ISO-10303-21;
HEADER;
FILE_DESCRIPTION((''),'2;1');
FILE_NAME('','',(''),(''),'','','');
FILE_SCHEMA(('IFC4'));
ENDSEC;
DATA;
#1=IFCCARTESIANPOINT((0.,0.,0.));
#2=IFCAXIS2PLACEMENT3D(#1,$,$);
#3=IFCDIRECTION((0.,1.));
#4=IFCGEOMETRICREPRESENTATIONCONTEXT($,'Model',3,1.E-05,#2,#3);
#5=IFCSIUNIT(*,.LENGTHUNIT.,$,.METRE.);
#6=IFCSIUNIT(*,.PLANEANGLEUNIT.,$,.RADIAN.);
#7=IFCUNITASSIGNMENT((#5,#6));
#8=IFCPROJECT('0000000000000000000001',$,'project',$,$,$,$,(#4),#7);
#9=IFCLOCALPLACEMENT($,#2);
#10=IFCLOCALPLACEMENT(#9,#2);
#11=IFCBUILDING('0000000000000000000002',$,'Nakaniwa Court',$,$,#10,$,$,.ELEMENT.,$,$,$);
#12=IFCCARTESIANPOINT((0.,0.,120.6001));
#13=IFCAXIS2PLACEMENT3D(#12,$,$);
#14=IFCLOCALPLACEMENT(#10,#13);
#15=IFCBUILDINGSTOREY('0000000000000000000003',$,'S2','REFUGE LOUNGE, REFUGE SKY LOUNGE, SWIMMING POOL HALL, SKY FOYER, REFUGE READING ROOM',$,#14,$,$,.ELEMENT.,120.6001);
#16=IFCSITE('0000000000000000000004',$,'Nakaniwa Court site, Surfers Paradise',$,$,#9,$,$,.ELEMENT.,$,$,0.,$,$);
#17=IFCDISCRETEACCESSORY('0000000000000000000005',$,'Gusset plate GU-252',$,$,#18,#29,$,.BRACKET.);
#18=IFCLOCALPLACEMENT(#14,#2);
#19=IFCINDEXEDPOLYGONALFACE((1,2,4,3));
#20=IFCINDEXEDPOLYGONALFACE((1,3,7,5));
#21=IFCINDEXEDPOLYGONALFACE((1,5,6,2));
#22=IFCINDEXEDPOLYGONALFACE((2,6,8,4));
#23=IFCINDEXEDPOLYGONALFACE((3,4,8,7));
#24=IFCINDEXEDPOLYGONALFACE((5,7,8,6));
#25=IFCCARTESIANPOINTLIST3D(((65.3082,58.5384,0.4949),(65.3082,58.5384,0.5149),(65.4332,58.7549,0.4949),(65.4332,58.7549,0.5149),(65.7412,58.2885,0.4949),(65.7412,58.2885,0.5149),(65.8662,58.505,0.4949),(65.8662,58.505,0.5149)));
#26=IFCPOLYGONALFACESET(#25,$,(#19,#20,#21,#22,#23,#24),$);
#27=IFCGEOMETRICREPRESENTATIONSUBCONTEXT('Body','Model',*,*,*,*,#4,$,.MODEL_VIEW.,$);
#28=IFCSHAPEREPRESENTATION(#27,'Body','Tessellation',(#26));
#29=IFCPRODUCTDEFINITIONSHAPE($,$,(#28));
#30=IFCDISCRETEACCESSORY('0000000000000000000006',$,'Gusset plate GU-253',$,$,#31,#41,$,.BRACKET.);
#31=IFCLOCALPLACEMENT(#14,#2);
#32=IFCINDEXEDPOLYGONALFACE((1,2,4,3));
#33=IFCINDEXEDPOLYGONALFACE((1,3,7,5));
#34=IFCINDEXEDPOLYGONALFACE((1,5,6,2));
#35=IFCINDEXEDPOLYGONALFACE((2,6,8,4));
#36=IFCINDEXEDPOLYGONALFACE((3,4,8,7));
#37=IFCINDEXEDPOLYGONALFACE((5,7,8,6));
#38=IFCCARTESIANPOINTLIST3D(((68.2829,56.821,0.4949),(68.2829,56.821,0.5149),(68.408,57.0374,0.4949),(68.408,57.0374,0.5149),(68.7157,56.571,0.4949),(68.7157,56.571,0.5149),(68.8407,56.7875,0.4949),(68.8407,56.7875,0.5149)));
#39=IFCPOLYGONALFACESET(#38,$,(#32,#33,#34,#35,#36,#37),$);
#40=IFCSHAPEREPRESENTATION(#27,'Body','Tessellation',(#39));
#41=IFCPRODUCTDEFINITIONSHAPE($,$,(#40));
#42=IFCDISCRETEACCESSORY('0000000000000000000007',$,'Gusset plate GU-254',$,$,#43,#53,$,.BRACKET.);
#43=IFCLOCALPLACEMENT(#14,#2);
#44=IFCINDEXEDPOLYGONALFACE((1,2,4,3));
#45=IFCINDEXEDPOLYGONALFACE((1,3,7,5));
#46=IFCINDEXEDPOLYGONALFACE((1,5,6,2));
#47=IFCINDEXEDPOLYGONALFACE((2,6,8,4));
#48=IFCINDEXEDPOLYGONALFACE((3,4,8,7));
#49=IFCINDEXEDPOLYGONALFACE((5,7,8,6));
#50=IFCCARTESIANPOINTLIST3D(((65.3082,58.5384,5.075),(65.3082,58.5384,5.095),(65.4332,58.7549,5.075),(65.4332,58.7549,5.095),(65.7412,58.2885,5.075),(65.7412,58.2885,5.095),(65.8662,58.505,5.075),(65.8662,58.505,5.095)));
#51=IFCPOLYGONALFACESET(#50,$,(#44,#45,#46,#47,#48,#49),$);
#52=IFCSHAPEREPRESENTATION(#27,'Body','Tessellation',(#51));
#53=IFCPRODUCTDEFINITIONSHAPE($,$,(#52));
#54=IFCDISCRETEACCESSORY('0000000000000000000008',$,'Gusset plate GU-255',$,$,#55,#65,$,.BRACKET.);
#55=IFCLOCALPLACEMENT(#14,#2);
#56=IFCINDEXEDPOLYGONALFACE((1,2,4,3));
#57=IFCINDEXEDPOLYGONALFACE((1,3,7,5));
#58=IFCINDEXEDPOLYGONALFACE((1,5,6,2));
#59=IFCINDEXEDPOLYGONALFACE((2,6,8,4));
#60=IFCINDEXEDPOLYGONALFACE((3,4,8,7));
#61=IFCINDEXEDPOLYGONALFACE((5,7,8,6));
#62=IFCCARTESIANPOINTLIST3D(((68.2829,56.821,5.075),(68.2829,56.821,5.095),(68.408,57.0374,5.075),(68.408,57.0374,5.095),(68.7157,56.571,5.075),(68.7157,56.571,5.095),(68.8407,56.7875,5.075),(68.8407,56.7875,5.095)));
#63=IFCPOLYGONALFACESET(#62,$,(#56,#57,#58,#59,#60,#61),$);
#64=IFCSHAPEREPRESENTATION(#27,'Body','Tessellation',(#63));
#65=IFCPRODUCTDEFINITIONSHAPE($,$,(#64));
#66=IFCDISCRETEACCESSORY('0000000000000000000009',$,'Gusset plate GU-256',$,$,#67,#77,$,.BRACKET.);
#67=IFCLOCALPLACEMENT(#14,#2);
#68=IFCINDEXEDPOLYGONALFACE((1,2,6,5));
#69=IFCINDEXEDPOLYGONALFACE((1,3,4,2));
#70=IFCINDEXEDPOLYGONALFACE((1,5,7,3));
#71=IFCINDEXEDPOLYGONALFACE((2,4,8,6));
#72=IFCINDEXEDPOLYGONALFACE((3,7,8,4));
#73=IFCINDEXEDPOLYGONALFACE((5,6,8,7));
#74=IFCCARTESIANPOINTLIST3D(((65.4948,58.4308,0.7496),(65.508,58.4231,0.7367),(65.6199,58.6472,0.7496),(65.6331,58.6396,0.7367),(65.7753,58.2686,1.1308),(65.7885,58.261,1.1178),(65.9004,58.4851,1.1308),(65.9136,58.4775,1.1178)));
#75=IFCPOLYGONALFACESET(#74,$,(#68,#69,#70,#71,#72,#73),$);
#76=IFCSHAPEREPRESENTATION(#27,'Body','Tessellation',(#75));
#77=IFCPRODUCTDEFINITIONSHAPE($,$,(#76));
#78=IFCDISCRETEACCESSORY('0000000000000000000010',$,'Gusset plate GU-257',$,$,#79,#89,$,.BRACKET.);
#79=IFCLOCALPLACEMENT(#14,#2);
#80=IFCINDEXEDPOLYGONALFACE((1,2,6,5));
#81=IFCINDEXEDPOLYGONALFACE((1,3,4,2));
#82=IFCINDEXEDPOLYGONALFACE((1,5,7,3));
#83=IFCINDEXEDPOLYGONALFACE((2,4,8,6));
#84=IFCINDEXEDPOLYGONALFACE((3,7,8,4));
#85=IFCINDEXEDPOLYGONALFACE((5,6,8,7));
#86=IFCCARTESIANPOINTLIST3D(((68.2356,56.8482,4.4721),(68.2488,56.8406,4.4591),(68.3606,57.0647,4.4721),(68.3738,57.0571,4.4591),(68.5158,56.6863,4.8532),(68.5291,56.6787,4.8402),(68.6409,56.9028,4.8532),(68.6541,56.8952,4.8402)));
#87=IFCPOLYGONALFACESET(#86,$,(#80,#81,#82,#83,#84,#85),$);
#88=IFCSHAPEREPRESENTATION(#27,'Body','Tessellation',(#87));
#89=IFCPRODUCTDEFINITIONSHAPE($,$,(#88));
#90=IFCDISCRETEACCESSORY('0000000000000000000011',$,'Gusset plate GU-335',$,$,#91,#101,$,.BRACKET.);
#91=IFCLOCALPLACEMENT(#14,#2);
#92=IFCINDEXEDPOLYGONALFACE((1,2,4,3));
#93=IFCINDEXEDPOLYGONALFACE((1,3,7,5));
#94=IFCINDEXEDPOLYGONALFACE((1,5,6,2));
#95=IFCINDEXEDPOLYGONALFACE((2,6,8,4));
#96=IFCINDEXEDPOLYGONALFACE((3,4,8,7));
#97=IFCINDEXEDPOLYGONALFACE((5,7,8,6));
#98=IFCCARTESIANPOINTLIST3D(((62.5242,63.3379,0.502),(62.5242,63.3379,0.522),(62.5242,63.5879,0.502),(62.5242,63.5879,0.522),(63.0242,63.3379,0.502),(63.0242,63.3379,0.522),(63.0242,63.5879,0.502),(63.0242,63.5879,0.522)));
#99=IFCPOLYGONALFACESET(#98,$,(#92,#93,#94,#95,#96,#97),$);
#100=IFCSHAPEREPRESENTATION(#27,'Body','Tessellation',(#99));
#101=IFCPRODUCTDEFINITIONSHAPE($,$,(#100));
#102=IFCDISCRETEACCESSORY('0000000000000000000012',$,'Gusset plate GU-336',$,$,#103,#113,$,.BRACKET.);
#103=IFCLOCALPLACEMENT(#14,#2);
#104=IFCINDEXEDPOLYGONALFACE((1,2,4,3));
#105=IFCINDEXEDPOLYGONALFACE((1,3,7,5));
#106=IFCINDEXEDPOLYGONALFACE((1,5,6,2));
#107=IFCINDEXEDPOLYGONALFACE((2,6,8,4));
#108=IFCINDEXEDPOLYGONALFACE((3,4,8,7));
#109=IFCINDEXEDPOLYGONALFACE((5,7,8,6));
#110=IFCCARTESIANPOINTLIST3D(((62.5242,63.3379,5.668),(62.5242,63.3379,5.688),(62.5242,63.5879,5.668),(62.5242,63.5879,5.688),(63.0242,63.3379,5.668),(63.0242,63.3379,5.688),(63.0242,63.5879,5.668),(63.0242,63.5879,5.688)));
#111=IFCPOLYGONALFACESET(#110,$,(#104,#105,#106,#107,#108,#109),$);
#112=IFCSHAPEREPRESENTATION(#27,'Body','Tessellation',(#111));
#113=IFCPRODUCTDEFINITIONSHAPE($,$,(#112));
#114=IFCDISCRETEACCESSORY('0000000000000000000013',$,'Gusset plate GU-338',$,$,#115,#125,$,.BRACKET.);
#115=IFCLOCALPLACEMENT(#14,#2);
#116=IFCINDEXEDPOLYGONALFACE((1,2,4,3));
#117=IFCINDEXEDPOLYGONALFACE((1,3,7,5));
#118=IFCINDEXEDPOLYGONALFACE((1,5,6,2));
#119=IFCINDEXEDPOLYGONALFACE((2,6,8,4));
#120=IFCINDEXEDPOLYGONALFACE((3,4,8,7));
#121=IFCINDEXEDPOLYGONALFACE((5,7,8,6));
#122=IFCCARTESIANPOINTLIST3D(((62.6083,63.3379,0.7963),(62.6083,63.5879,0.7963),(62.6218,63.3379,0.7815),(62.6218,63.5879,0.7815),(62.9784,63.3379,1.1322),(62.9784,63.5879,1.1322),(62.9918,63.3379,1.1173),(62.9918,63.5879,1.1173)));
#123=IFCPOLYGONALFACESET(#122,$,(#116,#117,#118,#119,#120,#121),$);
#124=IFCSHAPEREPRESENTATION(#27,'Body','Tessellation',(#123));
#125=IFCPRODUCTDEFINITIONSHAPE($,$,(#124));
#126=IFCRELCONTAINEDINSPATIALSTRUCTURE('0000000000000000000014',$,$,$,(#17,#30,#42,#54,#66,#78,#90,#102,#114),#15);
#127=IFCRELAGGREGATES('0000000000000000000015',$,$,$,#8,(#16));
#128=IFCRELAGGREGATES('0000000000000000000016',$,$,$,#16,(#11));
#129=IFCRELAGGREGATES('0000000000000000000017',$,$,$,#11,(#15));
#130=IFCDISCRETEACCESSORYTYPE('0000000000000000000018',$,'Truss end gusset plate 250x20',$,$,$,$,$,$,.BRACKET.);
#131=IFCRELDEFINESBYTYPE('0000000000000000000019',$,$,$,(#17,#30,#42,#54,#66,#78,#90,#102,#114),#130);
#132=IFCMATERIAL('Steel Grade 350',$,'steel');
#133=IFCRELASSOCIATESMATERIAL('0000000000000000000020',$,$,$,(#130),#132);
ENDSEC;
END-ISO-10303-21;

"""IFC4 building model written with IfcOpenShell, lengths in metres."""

from ifc_helpers import new_model, si_unit, direction, frame, origin, origin_2d, place, context, subcontext, project, spatial, rectangle, extrude, material, material_profile, profile_set, type_object, element, save


model = new_model("IFC4")

# Units and contexts
model_context = context("Model", 3, precision=1e-05, world=origin(), true_north=direction((0.0, 1.0)))
body_context = subcontext(model_context, "Body", "Model", "MODEL_VIEW")
ifc_project = project(units=[si_unit("LENGTHUNIT", "METRE"), si_unit("PLANEANGLEUNIT", "RADIAN")], contexts=[model_context])

# Site, building, storey
site_placement = place(None, origin())
site = spatial("IfcSite", under=ifc_project, at=site_placement, Name="Nakaniwa Court site, Surfers Paradise", CompositionType="ELEMENT", RefElevation=0.0)
building_placement = place(site_placement, origin())
building = spatial("IfcBuilding", under=site, at=building_placement, Name="Nakaniwa Court", CompositionType="ELEMENT")
storey_placement = place(building_placement, frame((0.0, 0.0, 120.6001)))
storey = spatial("IfcBuildingStorey", under=building, at=storey_placement, Name="S2", Description="REFUGE LOUNGE, REFUGE SKY LOUNGE, SWIMMING POOL HALL, SKY FOYER, REFUGE READING ROOM", CompositionType="ELEMENT", Elevation=120.6001)

# Shared definitions
ifc_material_1 = material(Name="Steel Grade 350", Category="steel")

# Discrete accessories
ifc_material_profile_1 = material_profile(ifc_material_1, rectangle(XDim=0.25, YDim=0.02, at=origin_2d()), Name="Truss end gusset plate 250x20")
ifc_profile_set_1 = profile_set([ifc_material_profile_1], Name="Steel Grade 350")
discrete_accessory_type = type_object("IfcDiscreteAccessoryType", Name="Truss end gusset plate 250x20", PredefinedType="BRACKET", material=ifc_profile_set_1)
for number, where, z_axis, x_axis, name in (
    (1, (65.8037, 58.3967, 0.5049), (-0.866072, 0.49992, 0.0), (-0.49992, -0.866072, 0.0), "Gusset plate GU-252"),
):
    element("IfcDiscreteAccessory", number, at=place(storey_placement, frame(where, z_axis=z_axis, x_axis=x_axis)), inside=storey, type_object=discrete_accessory_type, Name=name, PredefinedType="BRACKET", context=body_context, shape_type="SweptSolid", body=[
        extrude(rectangle(XDim=0.25, YDim=0.02, at=origin_2d()), origin(), (0.0, 0.0, 1.0), 0.5),
    ])
discrete_accessory_1_placement = place(storey_placement, frame((68.3455, 56.9292, 0.5049), z_axis=(0.86595, -0.500131, 0.0), x_axis=(0.500131, 0.86595, 0.0)))
element("IfcDiscreteAccessory", 2, at=discrete_accessory_1_placement, inside=storey, type_object=discrete_accessory_type, Name="Gusset plate GU-253", PredefinedType="BRACKET", context=body_context, shape_type="SweptSolid", body=[
    extrude(rectangle(XDim=0.25, YDim=0.02, at=origin_2d()), origin(), (0.0, 0.0, 1.0), 0.4998),
])
discrete_accessory_2_placement = place(storey_placement, frame((65.8037, 58.3967, 5.085), z_axis=(-0.866072, 0.49992, 0.0), x_axis=(-0.49992, -0.866072, 0.0)))
element("IfcDiscreteAccessory", 3, at=discrete_accessory_2_placement, inside=storey, type_object=discrete_accessory_type, Name="Gusset plate GU-254", PredefinedType="BRACKET", context=body_context, shape_type="SweptSolid", body=[
    extrude(rectangle(XDim=0.25, YDim=0.02, at=origin_2d()), origin(), (0.0, 0.0, 1.0), 0.5),
])
discrete_accessory_3_placement = place(storey_placement, frame((68.3455, 56.9292, 5.085), z_axis=(0.86595, -0.500131, 0.0), x_axis=(0.500131, 0.86595, 0.0)))
element("IfcDiscreteAccessory", 4, at=discrete_accessory_3_placement, inside=storey, type_object=discrete_accessory_type, Name="Gusset plate GU-255", PredefinedType="BRACKET", context=body_context, shape_type="SweptSolid", body=[
    extrude(rectangle(XDim=0.25, YDim=0.02, at=origin_2d()), origin(), (0.0, 0.0, 1.0), 0.4998),
])
discrete_accessory_4_placement = place(storey_placement, frame((65.8445, 58.373, 1.1243), z_axis=(-0.5608, 0.324083, -0.761888), x_axis=(-0.500353, -0.865822, 0.0)))
element("IfcDiscreteAccessory", 5, at=discrete_accessory_4_placement, inside=storey, type_object=discrete_accessory_type, Name="Gusset plate GU-256", PredefinedType="BRACKET", context=body_context, shape_type="SweptSolid", body=[
    extrude(rectangle(XDim=0.25, YDim=0.02, at=origin_2d()), origin(), (0.0, 0.0, 1.0), 0.5002),
])
for number, where, z_axis, x_axis, name in (
    (6, (68.3047, 56.9526, 4.4656), (0.560554, -0.323735, 0.762217), (0.500114, 0.865959, 0.0), "Gusset plate GU-257"),
    (7, (63.0242, 63.4629, 0.512), (-1.0, 0.0, 0.0), (0.0, -1.0, 0.0), "Gusset plate GU-335"),
    (8, (63.0242, 63.4629, 5.678), (-1.0, 0.0, 0.0), (0.0, -1.0, 0.0), "Gusset plate GU-336"),
):
    element("IfcDiscreteAccessory", number, at=place(storey_placement, frame(where, z_axis=z_axis, x_axis=x_axis)), inside=storey, type_object=discrete_accessory_type, Name=name, PredefinedType="BRACKET", context=body_context, shape_type="SweptSolid", body=[
        extrude(rectangle(XDim=0.25, YDim=0.02, at=origin_2d()), origin(), (0.0, 0.0, 1.0), 0.5),
    ])
discrete_accessory_5_placement = place(storey_placement, frame((62.9851, 63.4629, 1.1248), z_axis=(-0.74047, 0.0, -0.672089), x_axis=(0.0, -1.0, 0.0)))
element("IfcDiscreteAccessory", 9, at=discrete_accessory_5_placement, inside=storey, type_object=discrete_accessory_type, Name="Gusset plate GU-338", PredefinedType="BRACKET", context=body_context, shape_type="SweptSolid", body=[
    extrude(rectangle(XDim=0.25, YDim=0.02, at=origin_2d()), origin(), (0.0, 0.0, 1.0), 0.4998),
])

save(model, "model.ifc")
